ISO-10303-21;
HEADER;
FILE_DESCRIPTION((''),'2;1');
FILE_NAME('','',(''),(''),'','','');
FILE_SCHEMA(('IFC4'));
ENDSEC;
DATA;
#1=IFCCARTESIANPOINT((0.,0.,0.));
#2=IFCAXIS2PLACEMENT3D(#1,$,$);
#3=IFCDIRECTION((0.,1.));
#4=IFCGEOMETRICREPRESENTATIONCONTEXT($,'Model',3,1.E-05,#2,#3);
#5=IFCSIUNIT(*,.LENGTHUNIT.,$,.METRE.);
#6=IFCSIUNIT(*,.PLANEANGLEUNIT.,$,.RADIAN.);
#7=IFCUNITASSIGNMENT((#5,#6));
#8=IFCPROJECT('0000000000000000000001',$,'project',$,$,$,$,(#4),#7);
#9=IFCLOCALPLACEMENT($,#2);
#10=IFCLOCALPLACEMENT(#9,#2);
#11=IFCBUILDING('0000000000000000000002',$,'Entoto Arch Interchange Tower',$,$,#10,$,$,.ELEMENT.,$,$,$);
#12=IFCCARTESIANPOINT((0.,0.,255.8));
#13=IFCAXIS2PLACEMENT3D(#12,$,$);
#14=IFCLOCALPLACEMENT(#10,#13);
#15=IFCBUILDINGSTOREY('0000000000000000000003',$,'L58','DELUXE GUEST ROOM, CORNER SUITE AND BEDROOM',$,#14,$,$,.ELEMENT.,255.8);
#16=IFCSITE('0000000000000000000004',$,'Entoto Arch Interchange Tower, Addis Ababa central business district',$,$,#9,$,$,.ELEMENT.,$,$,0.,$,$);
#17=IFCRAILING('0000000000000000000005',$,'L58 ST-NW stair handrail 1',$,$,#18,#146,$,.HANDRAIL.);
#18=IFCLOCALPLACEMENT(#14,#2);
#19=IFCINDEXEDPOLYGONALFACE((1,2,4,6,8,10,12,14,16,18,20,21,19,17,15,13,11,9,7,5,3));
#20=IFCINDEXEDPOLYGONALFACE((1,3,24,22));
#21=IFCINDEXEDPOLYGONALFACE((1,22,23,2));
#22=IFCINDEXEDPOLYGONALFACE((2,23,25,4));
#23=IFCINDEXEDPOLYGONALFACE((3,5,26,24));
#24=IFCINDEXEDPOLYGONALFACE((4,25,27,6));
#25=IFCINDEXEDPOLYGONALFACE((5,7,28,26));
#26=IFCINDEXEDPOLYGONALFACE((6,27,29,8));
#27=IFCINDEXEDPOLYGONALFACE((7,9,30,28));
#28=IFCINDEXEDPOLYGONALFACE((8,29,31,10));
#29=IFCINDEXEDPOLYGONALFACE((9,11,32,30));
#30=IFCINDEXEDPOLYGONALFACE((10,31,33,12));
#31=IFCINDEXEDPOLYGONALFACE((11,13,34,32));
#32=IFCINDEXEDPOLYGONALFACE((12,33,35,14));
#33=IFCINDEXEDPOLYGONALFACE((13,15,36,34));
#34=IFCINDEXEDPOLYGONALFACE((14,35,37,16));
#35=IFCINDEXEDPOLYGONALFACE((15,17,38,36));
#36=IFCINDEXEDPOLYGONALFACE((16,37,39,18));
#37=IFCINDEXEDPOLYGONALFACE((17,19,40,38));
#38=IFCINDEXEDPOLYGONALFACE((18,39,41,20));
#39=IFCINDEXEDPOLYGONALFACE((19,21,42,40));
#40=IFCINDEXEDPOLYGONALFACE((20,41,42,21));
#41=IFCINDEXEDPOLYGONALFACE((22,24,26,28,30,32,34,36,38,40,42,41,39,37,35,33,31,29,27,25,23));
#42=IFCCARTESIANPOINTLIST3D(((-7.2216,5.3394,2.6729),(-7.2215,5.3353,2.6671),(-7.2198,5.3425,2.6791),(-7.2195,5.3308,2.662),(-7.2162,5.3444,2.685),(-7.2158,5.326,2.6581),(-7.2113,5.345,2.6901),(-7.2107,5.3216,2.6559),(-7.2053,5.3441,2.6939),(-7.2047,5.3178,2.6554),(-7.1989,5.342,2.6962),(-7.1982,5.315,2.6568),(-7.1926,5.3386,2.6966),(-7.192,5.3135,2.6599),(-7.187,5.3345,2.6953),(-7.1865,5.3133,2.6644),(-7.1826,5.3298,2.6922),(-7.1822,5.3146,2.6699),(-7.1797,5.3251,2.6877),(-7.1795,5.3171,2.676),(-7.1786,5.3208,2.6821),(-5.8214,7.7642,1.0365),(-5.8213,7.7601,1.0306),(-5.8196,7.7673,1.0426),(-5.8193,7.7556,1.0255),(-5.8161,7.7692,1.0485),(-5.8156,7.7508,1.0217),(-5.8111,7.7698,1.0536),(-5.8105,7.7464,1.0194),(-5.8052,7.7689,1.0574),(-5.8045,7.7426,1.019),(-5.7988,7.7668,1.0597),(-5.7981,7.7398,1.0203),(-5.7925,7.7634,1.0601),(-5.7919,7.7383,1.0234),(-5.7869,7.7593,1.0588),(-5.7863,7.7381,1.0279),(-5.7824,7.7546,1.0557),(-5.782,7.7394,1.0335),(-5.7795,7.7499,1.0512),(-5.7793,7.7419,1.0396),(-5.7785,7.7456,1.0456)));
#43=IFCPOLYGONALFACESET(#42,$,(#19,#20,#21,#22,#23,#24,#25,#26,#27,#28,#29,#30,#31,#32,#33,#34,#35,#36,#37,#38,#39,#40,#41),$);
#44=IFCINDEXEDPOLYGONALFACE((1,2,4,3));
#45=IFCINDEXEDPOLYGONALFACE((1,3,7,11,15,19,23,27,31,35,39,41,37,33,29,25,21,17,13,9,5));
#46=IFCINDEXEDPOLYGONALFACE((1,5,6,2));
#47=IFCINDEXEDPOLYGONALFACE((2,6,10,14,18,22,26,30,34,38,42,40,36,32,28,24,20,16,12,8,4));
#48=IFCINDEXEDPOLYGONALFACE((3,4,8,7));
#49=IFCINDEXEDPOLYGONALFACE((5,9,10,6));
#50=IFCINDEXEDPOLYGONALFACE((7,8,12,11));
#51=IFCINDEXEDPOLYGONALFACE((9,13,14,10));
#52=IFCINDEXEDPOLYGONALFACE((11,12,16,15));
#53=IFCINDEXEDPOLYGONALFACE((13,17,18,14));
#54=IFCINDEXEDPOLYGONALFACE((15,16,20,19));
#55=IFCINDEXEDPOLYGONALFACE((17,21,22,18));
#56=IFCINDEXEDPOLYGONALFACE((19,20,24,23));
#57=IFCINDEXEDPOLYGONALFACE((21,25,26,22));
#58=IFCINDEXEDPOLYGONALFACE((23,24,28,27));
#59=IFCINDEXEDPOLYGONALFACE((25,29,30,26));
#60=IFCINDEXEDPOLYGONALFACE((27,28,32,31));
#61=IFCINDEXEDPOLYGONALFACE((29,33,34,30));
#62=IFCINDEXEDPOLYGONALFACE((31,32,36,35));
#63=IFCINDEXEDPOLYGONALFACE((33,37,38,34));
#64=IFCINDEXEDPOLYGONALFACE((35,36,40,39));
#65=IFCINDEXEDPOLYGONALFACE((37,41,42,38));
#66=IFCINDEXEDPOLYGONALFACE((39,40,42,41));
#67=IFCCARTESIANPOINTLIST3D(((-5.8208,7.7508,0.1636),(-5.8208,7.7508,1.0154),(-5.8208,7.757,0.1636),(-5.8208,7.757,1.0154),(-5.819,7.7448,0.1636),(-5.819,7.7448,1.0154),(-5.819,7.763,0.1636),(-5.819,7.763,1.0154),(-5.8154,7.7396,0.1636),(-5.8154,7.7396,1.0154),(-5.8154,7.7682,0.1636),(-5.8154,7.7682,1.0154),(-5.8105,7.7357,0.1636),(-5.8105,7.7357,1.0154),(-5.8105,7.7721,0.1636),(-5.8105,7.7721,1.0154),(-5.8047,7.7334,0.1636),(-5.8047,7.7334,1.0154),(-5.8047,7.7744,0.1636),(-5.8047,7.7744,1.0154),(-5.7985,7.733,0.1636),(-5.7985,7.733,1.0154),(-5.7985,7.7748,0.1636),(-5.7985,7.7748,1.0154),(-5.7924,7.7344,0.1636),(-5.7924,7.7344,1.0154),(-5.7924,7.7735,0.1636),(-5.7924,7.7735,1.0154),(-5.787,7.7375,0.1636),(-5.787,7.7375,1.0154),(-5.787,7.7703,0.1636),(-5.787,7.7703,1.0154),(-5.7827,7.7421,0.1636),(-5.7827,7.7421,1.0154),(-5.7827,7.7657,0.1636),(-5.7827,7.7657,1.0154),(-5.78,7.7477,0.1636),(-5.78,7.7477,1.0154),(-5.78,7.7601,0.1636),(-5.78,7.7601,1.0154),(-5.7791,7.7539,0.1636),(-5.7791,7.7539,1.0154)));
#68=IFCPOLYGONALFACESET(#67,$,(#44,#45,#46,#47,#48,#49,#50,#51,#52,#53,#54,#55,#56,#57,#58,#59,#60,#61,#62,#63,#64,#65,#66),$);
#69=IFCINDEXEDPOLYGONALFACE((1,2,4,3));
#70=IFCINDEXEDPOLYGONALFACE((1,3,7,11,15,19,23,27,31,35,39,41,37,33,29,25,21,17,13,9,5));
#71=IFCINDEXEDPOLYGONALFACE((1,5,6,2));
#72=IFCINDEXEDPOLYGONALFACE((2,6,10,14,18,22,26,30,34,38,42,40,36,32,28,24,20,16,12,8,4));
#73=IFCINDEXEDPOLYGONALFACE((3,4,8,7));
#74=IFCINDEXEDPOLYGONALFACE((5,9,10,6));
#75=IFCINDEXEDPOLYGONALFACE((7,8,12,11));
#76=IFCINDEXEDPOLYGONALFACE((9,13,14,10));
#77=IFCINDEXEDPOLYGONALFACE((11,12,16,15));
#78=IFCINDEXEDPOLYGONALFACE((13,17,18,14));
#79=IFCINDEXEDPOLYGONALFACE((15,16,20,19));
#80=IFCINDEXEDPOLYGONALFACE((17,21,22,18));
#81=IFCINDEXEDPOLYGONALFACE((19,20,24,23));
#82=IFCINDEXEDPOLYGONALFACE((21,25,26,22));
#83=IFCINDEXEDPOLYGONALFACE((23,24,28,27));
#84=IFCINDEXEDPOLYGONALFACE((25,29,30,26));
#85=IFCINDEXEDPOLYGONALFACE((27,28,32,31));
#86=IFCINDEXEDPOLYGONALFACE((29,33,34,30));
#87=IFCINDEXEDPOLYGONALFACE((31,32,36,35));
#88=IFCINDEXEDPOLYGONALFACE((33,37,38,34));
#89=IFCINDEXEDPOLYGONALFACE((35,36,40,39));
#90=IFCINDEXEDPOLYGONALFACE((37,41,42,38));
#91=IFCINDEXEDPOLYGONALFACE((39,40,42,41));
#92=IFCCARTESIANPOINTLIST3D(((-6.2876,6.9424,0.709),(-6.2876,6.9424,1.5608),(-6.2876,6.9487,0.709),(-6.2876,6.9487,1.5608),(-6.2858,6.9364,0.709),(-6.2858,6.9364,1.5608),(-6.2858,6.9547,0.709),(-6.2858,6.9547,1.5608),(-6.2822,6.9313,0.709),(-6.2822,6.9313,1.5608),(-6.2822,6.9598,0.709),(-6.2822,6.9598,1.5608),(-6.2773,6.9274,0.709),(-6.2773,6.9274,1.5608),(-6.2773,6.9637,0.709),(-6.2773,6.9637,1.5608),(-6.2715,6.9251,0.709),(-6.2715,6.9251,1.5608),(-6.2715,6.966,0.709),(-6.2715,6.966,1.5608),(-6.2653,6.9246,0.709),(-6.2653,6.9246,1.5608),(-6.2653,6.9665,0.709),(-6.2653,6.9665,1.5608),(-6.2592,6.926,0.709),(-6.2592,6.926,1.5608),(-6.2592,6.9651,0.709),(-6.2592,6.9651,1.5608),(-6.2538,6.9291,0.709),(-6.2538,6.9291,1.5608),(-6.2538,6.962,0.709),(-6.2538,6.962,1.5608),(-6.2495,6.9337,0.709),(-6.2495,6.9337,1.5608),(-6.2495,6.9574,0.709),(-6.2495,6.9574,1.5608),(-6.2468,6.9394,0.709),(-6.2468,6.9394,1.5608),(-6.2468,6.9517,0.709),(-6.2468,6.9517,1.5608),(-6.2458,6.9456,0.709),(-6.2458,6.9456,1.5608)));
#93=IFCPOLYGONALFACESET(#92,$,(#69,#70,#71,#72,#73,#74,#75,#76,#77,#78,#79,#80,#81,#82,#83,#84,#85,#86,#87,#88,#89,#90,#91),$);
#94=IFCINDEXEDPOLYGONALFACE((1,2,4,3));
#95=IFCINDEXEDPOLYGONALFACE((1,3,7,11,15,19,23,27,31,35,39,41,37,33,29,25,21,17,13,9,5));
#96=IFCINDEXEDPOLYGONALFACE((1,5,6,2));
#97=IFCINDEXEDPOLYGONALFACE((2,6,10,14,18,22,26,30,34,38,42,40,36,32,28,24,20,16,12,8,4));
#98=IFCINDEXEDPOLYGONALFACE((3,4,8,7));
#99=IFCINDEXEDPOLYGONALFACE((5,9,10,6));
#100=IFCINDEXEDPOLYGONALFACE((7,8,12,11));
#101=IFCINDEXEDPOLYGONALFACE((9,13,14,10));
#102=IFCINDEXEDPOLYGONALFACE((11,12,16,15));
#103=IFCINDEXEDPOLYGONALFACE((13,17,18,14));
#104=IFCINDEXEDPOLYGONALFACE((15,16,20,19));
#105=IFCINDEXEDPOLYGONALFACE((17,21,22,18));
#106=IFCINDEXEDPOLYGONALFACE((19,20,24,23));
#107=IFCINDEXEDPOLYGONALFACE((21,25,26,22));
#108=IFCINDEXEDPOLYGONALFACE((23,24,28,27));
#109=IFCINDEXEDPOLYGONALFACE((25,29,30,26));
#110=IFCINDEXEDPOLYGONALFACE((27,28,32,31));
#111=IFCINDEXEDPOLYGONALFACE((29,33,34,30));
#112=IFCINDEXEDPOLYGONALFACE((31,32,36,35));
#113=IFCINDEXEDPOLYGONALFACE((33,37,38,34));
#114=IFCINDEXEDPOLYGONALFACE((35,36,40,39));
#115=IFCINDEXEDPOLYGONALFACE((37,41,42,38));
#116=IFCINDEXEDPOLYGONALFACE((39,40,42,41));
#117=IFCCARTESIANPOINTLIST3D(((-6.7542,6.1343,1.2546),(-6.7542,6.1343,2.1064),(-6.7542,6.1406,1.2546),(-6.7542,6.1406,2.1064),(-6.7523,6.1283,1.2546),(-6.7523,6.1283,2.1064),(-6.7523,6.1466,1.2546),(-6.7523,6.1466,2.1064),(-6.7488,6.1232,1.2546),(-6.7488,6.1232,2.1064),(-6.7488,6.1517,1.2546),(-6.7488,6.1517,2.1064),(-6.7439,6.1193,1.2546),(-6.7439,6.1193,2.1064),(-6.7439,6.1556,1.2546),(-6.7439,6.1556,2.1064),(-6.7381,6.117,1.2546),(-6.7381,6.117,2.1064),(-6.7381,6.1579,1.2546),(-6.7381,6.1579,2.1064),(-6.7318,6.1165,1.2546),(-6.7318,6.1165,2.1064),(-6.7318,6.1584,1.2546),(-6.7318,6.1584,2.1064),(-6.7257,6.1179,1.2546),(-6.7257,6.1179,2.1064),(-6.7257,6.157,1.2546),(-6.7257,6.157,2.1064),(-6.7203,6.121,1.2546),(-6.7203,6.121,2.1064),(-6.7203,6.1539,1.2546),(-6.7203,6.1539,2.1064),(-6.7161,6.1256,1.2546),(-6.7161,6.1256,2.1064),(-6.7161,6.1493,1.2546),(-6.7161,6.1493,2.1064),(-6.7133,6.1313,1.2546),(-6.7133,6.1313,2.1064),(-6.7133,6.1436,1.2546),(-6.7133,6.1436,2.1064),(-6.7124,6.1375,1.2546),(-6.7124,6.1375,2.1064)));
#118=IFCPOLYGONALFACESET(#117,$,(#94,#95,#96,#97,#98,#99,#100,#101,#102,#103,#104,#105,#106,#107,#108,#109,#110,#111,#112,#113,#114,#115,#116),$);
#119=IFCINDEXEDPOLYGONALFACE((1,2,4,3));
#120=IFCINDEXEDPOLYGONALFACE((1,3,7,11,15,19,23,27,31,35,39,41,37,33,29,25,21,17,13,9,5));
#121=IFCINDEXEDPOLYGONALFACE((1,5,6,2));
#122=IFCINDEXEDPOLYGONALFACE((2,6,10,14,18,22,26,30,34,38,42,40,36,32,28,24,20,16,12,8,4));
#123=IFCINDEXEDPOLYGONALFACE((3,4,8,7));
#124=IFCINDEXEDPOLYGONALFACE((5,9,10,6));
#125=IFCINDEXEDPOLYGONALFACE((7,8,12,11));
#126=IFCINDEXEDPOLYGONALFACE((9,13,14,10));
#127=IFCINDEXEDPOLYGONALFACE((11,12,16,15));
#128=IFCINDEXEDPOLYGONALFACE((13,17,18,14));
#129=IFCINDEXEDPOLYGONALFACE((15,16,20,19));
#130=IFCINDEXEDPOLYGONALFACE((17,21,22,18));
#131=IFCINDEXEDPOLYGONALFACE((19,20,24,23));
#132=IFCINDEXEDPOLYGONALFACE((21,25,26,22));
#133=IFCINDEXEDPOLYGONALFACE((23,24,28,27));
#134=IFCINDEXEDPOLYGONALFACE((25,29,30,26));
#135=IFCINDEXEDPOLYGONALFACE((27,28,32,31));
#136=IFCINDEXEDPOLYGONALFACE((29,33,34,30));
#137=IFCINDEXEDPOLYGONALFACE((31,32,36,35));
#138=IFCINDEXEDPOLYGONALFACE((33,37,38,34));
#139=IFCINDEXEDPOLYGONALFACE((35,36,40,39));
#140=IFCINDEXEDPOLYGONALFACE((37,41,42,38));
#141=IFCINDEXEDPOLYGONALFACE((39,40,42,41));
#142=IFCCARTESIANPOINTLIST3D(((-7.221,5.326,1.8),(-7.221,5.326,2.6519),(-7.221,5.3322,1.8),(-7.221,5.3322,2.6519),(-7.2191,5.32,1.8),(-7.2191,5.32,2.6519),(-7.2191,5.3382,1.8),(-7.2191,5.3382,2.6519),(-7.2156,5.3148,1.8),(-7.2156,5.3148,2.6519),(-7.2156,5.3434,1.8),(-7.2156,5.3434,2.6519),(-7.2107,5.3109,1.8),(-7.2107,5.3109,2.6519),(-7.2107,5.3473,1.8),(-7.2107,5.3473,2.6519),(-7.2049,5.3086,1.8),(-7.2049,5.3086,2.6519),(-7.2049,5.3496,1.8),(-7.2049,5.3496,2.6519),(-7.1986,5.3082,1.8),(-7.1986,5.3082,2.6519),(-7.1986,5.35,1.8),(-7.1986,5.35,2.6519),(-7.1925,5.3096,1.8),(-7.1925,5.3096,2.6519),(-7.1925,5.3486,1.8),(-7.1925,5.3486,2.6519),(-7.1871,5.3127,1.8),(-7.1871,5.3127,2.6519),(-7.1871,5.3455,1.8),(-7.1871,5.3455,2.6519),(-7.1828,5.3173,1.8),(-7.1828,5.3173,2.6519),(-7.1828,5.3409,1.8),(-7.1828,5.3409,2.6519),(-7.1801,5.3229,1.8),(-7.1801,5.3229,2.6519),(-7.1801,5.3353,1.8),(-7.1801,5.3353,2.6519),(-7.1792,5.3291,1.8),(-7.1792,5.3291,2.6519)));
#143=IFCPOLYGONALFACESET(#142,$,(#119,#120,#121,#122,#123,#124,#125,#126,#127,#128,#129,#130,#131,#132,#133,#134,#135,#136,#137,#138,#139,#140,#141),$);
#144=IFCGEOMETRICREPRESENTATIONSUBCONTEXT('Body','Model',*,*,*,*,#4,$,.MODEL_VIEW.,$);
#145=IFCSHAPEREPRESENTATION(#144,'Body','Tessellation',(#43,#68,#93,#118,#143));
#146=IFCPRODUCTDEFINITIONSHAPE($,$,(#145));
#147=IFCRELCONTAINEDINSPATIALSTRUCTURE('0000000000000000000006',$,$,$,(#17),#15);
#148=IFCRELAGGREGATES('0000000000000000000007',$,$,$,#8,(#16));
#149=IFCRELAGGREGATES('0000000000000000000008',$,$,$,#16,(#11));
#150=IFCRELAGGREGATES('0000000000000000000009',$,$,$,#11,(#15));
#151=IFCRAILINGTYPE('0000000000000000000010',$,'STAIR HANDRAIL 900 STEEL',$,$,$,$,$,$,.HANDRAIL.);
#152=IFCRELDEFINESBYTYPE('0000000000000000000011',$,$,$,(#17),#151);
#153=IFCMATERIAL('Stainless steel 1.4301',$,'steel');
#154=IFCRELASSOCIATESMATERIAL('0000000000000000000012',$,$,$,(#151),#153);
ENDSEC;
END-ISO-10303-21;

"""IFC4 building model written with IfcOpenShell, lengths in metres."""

from ifc_helpers import new_model, si_unit, direction, frame, origin, origin_2d, place, context, subcontext, project, spatial, circle, extrude, material, type_object, element, save


model = new_model("IFC4")

# Units and contexts
model_context = context("Model", 3, precision=1e-05, world=origin(), true_north=direction((0.0, 1.0)))
body_context = subcontext(model_context, "Body", "Model", "MODEL_VIEW")
ifc_project = project(units=[si_unit("LENGTHUNIT", "METRE"), si_unit("PLANEANGLEUNIT", "RADIAN")], contexts=[model_context])

# Site, building, storey
site_placement = place(None, origin())
site = spatial("IfcSite", under=ifc_project, at=site_placement, Name="Entoto Arch Interchange Tower, Addis Ababa central business district", CompositionType="ELEMENT", RefElevation=0.0)
building_placement = place(site_placement, origin())
building = spatial("IfcBuilding", under=site, at=building_placement, Name="Entoto Arch Interchange Tower", CompositionType="ELEMENT")
storey_placement = place(building_placement, frame((0.0, 0.0, 255.8)))
storey = spatial("IfcBuildingStorey", under=building, at=storey_placement, Name="L58", Description="DELUXE GUEST ROOM, CORNER SUITE AND BEDROOM", CompositionType="ELEMENT", Elevation=255.8)

# Railing
ifc_material_1 = material(Name="Stainless steel 1.4301", Category="steel")
railing_type_1 = type_object("IfcRailingType", Name="STAIR HANDRAIL 900 STEEL", PredefinedType="HANDRAIL", material=ifc_material_1)
railing_1_placement = place(storey_placement, frame((-5.8, 7.7539, 0.1636)))
element("IfcRailing", 1, at=railing_1_placement, inside=storey, type_object=railing_type_1, Name="L58 ST-NW stair handrail 1", PredefinedType="HANDRAIL", context=body_context, shape_type="SweptSolid", body=[
    extrude(circle(Radius=0.0239, at=origin_2d()), frame((0.0, 0.0, 0.876), z_axis=(-0.431722, -0.747666, 0.504591), x_axis=(0.865997, -0.50005, 0.0)), (0.0, 0.0, 1.0), 3.2432),
    extrude(circle(Radius=0.021, at=origin_2d()), origin(), (0.0, 0.0, 1.0), 0.8518),
    extrude(circle(Radius=0.021, at=origin_2d()), frame((-0.4668, -0.8083, 0.5454)), (0.0, 0.0, 1.0), 0.8518),
    extrude(circle(Radius=0.021, at=origin_2d()), frame((-0.9333, -1.6165, 1.0911)), (0.0, 0.0, 1.0), 0.8518),
    extrude(circle(Radius=0.021, at=origin_2d()), frame((-1.4001, -2.4248, 1.6365)), (0.0, 0.0, 1.0), 0.8518),
])

save(model, "model.ifc")
